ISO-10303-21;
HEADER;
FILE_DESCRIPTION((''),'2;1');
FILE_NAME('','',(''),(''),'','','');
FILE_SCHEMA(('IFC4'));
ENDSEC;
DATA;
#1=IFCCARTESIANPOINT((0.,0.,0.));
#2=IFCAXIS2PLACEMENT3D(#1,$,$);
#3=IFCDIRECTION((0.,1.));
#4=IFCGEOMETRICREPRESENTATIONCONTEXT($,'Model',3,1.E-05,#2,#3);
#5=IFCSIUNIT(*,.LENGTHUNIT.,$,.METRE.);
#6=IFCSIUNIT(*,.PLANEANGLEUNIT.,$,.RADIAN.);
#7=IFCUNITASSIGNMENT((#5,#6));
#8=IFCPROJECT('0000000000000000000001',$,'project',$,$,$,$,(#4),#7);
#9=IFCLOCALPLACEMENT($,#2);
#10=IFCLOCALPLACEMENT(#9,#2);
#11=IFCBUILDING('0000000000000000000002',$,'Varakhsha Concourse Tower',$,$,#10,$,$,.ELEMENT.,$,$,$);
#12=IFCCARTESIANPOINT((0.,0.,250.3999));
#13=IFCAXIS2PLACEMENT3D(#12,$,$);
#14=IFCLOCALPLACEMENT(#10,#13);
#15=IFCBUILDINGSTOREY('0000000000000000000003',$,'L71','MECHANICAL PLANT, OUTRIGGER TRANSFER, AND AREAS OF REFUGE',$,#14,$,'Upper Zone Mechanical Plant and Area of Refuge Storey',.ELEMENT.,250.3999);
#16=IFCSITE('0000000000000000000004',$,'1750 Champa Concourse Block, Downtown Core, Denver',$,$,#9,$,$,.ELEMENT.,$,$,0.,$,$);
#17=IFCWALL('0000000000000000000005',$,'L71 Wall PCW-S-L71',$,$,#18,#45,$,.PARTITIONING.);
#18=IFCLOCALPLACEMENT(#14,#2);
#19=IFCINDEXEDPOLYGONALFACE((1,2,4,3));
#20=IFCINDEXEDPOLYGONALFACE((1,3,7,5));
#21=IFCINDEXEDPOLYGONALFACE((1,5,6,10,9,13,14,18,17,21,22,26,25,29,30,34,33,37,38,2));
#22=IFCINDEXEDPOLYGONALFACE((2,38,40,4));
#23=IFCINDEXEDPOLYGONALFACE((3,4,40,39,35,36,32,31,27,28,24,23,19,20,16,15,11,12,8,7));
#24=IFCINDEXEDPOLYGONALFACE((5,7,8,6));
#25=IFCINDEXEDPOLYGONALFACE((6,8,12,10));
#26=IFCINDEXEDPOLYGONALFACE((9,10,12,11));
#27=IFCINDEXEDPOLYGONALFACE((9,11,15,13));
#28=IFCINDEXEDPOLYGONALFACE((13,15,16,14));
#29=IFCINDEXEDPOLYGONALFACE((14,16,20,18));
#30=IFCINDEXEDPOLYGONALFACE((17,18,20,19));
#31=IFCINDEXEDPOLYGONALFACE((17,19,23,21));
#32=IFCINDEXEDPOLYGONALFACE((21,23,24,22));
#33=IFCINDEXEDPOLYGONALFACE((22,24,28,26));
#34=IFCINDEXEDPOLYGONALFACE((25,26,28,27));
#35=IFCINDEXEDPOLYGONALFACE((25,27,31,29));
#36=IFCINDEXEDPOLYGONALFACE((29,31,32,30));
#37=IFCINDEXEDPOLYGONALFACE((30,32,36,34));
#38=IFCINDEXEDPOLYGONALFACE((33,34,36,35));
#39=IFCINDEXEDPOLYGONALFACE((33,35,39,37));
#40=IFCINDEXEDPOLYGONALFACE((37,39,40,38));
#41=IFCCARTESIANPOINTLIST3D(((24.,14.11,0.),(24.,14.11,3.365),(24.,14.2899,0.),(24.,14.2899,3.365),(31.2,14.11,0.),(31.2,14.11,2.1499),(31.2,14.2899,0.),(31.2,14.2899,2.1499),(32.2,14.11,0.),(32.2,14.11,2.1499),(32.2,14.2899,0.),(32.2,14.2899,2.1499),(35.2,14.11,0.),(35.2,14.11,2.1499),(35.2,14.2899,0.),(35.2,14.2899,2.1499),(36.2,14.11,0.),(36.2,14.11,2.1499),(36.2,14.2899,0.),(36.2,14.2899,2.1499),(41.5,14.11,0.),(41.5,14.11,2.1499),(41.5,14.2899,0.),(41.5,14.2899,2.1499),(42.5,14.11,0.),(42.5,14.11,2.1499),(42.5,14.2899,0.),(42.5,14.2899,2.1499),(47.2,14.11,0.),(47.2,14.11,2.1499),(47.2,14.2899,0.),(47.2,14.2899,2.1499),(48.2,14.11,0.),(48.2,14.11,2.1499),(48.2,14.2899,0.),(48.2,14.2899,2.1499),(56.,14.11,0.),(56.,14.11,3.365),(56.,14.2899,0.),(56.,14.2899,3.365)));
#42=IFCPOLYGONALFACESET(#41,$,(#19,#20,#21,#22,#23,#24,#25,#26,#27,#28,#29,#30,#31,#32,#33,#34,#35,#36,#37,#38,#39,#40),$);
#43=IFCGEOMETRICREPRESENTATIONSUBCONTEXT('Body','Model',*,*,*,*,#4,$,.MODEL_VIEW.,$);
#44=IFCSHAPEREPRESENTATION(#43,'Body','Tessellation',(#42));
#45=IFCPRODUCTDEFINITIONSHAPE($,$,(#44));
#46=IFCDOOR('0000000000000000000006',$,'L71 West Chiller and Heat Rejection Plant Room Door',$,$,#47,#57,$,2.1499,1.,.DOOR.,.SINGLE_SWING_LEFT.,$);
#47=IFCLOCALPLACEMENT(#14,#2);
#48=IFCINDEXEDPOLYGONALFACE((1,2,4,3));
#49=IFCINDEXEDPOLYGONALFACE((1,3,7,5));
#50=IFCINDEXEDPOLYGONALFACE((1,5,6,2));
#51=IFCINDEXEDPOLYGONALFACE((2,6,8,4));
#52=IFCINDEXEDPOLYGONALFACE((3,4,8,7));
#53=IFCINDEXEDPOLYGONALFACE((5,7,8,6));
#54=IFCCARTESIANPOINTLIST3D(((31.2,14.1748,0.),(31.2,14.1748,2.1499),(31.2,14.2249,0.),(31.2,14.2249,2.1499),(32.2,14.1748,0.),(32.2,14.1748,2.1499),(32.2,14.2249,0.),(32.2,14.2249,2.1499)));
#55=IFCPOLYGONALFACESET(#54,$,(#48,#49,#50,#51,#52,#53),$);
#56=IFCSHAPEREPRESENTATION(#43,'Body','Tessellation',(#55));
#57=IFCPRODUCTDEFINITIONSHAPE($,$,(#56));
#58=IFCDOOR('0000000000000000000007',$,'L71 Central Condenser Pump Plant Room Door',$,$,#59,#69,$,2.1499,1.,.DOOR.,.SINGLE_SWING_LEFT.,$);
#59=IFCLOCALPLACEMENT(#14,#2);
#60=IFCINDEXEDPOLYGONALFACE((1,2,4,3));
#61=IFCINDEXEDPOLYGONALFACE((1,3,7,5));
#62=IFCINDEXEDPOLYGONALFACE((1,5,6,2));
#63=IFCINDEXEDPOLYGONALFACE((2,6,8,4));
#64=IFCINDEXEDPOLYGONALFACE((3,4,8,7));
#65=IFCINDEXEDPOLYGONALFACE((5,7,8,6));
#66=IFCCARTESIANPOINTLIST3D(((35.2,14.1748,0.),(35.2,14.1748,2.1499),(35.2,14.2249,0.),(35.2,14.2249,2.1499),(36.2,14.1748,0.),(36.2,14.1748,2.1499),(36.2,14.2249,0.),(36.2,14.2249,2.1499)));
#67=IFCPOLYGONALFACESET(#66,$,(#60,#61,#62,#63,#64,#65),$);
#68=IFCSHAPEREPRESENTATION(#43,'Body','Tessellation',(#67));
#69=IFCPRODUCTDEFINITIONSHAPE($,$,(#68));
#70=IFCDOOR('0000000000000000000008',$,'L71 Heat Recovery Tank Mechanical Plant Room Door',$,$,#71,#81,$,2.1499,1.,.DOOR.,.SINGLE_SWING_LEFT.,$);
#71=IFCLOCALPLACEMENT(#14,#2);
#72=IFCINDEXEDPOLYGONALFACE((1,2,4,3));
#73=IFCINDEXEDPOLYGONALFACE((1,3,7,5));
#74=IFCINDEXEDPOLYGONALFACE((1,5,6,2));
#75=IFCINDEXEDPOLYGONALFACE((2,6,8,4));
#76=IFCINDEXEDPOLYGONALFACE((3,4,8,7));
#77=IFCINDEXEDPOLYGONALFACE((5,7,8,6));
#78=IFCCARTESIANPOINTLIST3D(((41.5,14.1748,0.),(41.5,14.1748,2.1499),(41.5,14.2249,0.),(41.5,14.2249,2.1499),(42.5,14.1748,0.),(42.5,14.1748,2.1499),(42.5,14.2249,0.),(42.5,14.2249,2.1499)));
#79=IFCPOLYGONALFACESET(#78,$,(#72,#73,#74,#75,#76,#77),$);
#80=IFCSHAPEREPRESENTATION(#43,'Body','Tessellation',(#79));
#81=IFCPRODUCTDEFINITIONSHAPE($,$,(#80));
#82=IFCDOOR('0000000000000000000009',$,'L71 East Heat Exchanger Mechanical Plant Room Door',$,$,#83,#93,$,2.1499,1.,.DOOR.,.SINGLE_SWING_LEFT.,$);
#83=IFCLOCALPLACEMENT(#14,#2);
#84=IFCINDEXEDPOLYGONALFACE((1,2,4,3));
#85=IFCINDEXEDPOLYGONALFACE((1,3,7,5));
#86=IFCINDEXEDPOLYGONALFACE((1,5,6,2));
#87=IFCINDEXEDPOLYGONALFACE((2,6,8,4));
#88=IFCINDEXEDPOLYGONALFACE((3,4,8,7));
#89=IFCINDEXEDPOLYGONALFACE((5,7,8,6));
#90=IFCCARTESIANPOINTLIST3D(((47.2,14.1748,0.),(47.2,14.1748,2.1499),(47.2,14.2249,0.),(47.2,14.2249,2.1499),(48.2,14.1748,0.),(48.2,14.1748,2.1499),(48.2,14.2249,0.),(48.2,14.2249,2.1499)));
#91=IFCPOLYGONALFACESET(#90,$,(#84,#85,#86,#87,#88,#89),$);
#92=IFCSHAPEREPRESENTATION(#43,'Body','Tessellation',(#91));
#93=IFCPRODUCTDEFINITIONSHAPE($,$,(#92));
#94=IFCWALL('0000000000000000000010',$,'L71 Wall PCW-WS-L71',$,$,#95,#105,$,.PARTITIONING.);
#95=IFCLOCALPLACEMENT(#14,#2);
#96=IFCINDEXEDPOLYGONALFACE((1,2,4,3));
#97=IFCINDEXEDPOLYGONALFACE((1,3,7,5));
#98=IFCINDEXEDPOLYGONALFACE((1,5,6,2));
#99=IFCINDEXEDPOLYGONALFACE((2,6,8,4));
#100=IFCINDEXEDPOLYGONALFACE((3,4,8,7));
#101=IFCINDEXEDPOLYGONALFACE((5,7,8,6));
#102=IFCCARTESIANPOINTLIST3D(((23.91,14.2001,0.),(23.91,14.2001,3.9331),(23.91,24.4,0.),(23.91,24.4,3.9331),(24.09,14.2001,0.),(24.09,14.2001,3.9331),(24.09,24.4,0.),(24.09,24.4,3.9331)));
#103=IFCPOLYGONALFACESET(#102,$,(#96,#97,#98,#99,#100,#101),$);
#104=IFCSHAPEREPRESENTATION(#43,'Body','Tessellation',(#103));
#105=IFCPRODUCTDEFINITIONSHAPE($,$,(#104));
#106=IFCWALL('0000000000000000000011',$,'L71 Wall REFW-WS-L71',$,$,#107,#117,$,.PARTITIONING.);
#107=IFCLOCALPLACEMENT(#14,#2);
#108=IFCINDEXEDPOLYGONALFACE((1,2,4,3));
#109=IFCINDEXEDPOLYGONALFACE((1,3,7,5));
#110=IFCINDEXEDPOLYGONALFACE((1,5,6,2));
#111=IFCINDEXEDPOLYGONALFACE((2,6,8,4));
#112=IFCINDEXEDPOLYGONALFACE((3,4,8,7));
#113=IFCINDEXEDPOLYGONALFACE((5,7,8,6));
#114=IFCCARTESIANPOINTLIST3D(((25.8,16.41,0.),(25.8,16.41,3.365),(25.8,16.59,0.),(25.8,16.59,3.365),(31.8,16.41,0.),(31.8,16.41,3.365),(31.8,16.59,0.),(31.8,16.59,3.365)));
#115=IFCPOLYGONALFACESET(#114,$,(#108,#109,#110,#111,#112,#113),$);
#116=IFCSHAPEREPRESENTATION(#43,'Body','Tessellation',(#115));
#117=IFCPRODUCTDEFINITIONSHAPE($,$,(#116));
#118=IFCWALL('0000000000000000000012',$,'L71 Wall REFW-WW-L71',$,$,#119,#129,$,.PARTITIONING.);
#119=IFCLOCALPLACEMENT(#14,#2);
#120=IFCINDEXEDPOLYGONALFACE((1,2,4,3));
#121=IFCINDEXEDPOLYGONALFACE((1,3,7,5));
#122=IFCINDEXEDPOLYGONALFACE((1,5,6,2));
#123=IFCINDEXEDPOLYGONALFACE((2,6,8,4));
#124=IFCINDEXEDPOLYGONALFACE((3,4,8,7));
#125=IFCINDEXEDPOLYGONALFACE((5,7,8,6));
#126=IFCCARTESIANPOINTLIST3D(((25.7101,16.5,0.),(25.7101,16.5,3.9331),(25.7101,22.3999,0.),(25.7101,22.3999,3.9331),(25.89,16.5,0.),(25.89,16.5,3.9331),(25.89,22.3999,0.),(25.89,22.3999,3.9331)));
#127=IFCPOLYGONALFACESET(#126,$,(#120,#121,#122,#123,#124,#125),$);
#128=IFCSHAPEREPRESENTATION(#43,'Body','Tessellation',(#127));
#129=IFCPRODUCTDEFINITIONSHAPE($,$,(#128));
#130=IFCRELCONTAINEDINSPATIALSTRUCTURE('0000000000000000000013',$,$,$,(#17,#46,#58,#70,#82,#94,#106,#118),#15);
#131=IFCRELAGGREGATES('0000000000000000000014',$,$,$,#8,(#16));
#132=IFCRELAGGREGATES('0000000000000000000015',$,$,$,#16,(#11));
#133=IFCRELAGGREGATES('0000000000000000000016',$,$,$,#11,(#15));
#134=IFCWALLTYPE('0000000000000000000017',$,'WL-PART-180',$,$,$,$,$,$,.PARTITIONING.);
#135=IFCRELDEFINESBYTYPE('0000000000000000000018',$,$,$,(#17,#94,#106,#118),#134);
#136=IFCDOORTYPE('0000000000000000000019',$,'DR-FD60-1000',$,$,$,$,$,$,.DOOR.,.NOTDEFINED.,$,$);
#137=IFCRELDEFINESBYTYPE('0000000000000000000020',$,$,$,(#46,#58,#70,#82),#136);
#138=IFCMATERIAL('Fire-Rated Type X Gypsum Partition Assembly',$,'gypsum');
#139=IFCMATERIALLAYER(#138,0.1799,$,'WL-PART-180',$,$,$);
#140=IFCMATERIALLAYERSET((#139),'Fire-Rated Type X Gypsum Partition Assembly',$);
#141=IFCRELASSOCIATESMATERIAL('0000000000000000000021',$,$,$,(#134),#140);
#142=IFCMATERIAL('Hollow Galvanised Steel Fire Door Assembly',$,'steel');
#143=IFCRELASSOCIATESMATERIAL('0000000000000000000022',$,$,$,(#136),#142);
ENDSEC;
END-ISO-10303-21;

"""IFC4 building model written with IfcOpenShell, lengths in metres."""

from ifc_helpers import new_model, si_unit, direction, frame, frame_2d, origin, place, context, subcontext, project, spatial, rectangle, extrude, material, layer, layer_set, type_object, element, fill, save


model = new_model("IFC4")

# Units and contexts
model_context = context("Model", 3, precision=1e-05, world=origin(), true_north=direction((0.0, 1.0)))
body_context = subcontext(model_context, "Body", "Model", "MODEL_VIEW")
ifc_project = project(units=[si_unit("LENGTHUNIT", "METRE"), si_unit("PLANEANGLEUNIT", "RADIAN")], contexts=[model_context])

# Site, building, storey
site_placement = place(None, origin())
site = spatial("IfcSite", under=ifc_project, at=site_placement, Name="1750 Champa Concourse Block, Downtown Core, Denver", CompositionType="ELEMENT", RefElevation=0.0)
building_placement = place(site_placement, origin())
building = spatial("IfcBuilding", under=site, at=building_placement, Name="Varakhsha Concourse Tower", CompositionType="ELEMENT")
storey_placement = place(building_placement, frame((0.0, 0.0, 250.3999)))
storey = spatial("IfcBuildingStorey", under=building, at=storey_placement, Name="L71", Description="MECHANICAL PLANT, OUTRIGGER TRANSFER, AND AREAS OF REFUGE", LongName="Upper Zone Mechanical Plant and Area of Refuge Storey", CompositionType="ELEMENT", Elevation=250.3999)

# Wall, openings, doors
ifc_material_1 = material(Name="Fire-Rated Type X Gypsum Partition Assembly", Category="gypsum")
ifc_layer_1 = layer(ifc_material_1, 0.1799, Name="WL-PART-180")
ifc_layer_set_1 = layer_set([ifc_layer_1], Name="Fire-Rated Type X Gypsum Partition Assembly")
wall_type = type_object("IfcWallType", Name="WL-PART-180", PredefinedType="PARTITIONING", material=ifc_layer_set_1)
wall_1_placement = place(storey_placement, frame((24.0, 14.2, 0.0), z_axis=(0.0, 0.0, 1.0), x_axis=(1.0, 0.0, 0.0)))
wall_1 = element("IfcWall", 1, at=wall_1_placement, inside=storey, type_object=wall_type, Name="L71 Wall PCW-S-L71", PredefinedType="PARTITIONING", context=body_context, shape_type="SweptSolid", body=[
    extrude(rectangle(XDim=32.0, YDim=0.1799, at=frame_2d((16.0, 0.0))), origin(), (0.0, 0.0, 1.0), 3.365),
])
opening_1_placement = place(wall_1_placement, frame((7.2, 0.0, 0.0)))
opening_1 = element("IfcOpeningElement", 2, at=opening_1_placement, cuts=wall_1, PredefinedType="OPENING", context=body_context, shape_type="SweptSolid", body=[
    extrude(rectangle(XDim=1.0, YDim=2.1499, at=frame_2d((0.5, 1.075))), frame((0.0, 0.0999, 0.0), z_axis=(0.0, -1.0, 0.0), x_axis=(1.0, 0.0, 0.0)), (0.0, 0.0, 1.0), 0.2),
])
opening_2_placement = place(wall_1_placement, frame((11.2, 0.0, 0.0)))
opening_2 = element("IfcOpeningElement", 3, at=opening_2_placement, cuts=wall_1, PredefinedType="OPENING", context=body_context, shape_type="SweptSolid", body=[
    extrude(rectangle(XDim=1.0, YDim=2.1499, at=frame_2d((0.5, 1.075))), frame((0.0, 0.0999, 0.0), z_axis=(0.0, -1.0, 0.0), x_axis=(1.0, 0.0, 0.0)), (0.0, 0.0, 1.0), 0.2),
])
opening_3_placement = place(wall_1_placement, frame((17.5, 0.0, 0.0)))
opening_3 = element("IfcOpeningElement", 4, at=opening_3_placement, cuts=wall_1, PredefinedType="OPENING", context=body_context, shape_type="SweptSolid", body=[
    extrude(rectangle(XDim=1.0, YDim=2.1499, at=frame_2d((0.5, 1.075))), frame((0.0, 0.0999, 0.0), z_axis=(0.0, -1.0, 0.0), x_axis=(1.0, 0.0, 0.0)), (0.0, 0.0, 1.0), 0.2),
])
opening_4_placement = place(wall_1_placement, frame((23.2, 0.0, 0.0)))
opening_4 = element("IfcOpeningElement", 5, at=opening_4_placement, cuts=wall_1, PredefinedType="OPENING", context=body_context, shape_type="SweptSolid", body=[
    extrude(rectangle(XDim=1.0, YDim=2.1499, at=frame_2d((0.5, 1.075))), frame((0.0, 0.0999, 0.0), z_axis=(0.0, -1.0, 0.0), x_axis=(1.0, 0.0, 0.0)), (0.0, 0.0, 1.0), 0.2),
])
ifc_material_2 = material(Name="Hollow Galvanised Steel Fire Door Assembly", Category="steel")
door_type = type_object("IfcDoorType", Name="DR-FD60-1000", OperationType="NOTDEFINED", PredefinedType="DOOR", material=ifc_material_2)
door_1_placement = place(opening_1_placement, origin())
door_1 = element("IfcDoor", 6, at=door_1_placement, inside=storey, type_object=door_type, Name="L71 West Chiller and Heat Rejection Plant Room Door", OperationType="SINGLE_SWING_LEFT", OverallHeight=2.1499, OverallWidth=1.0, PredefinedType="DOOR", context=body_context, shape_type="SweptSolid", body=[
    extrude(rectangle(XDim=1.0, YDim=2.1499, at=frame_2d((0.5, 1.075))), frame((0.0, 0.0249, 0.0), z_axis=(0.0, -1.0, 0.0), x_axis=(1.0, 0.0, 0.0)), (0.0, 0.0, 1.0), 0.05),
])
fill(opening_1, door_1)
door_2_placement = place(opening_2_placement, origin())
door_2 = element("IfcDoor", 7, at=door_2_placement, inside=storey, type_object=door_type, Name="L71 Central Condenser Pump Plant Room Door", OperationType="SINGLE_SWING_LEFT", OverallHeight=2.1499, OverallWidth=1.0, PredefinedType="DOOR", context=body_context, shape_type="SweptSolid", body=[
    extrude(rectangle(XDim=1.0, YDim=2.1499, at=frame_2d((0.5, 1.075))), frame((0.0, 0.0249, 0.0), z_axis=(0.0, -1.0, 0.0), x_axis=(1.0, 0.0, 0.0)), (0.0, 0.0, 1.0), 0.05),
])
fill(opening_2, door_2)
door_3_placement = place(opening_3_placement, origin())
door_3 = element("IfcDoor", 8, at=door_3_placement, inside=storey, type_object=door_type, Name="L71 Heat Recovery Tank Mechanical Plant Room Door", OperationType="SINGLE_SWING_LEFT", OverallHeight=2.1499, OverallWidth=1.0, PredefinedType="DOOR", context=body_context, shape_type="SweptSolid", body=[
    extrude(rectangle(XDim=1.0, YDim=2.1499, at=frame_2d((0.5, 1.075))), frame((0.0, 0.0249, 0.0), z_axis=(0.0, -1.0, 0.0), x_axis=(1.0, 0.0, 0.0)), (0.0, 0.0, 1.0), 0.05),
])
fill(opening_3, door_3)
door_4_placement = place(opening_4_placement, origin())
door_4 = element("IfcDoor", 9, at=door_4_placement, inside=storey, type_object=door_type, Name="L71 East Heat Exchanger Mechanical Plant Room Door", OperationType="SINGLE_SWING_LEFT", OverallHeight=2.1499, OverallWidth=1.0, PredefinedType="DOOR", context=body_context, shape_type="SweptSolid", body=[
    extrude(rectangle(XDim=1.0, YDim=2.1499, at=frame_2d((0.5, 1.075))), frame((0.0, 0.0249, 0.0), z_axis=(0.0, -1.0, 0.0), x_axis=(1.0, 0.0, 0.0)), (0.0, 0.0, 1.0), 0.05),
])
fill(opening_4, door_4)

# Walls
wall_2_placement = place(storey_placement, frame((24.0, 14.2, 0.0), z_axis=(0.0, 0.0, 1.0), x_axis=(0.0, 1.0, 0.0)))
element("IfcWall", 10, at=wall_2_placement, inside=storey, type_object=wall_type, Name="L71 Wall PCW-WS-L71", PredefinedType="PARTITIONING", context=body_context, shape_type="SweptSolid", body=[
    extrude(rectangle(XDim=10.2, YDim=0.1799, at=frame_2d((5.1001, 0.0))), origin(), (0.0, 0.0, 1.0), 3.9331),
])
wall_3_placement = place(storey_placement, frame((25.8, 16.5, 0.0), z_axis=(0.0, 0.0, 1.0), x_axis=(1.0, 0.0, 0.0)))
element("IfcWall", 11, at=wall_3_placement, inside=storey, type_object=wall_type, Name="L71 Wall REFW-WS-L71", PredefinedType="PARTITIONING", context=body_context, shape_type="SweptSolid", body=[
    extrude(rectangle(XDim=6.0, YDim=0.1799, at=frame_2d((3.0, 0.0))), origin(), (0.0, 0.0, 1.0), 3.365),
])
wall_4_placement = place(storey_placement, frame((25.8, 16.5, 0.0), z_axis=(0.0, 0.0, 1.0), x_axis=(0.0, 1.0, 0.0)))
element("IfcWall", 12, at=wall_4_placement, inside=storey, type_object=wall_type, Name="L71 Wall REFW-WW-L71", PredefinedType="PARTITIONING", context=body_context, shape_type="SweptSolid", body=[
    extrude(rectangle(XDim=5.8999, YDim=0.1799, at=frame_2d((2.95, 0.0))), origin(), (0.0, 0.0, 1.0), 3.9331),
])

save(model, "model.ifc")
